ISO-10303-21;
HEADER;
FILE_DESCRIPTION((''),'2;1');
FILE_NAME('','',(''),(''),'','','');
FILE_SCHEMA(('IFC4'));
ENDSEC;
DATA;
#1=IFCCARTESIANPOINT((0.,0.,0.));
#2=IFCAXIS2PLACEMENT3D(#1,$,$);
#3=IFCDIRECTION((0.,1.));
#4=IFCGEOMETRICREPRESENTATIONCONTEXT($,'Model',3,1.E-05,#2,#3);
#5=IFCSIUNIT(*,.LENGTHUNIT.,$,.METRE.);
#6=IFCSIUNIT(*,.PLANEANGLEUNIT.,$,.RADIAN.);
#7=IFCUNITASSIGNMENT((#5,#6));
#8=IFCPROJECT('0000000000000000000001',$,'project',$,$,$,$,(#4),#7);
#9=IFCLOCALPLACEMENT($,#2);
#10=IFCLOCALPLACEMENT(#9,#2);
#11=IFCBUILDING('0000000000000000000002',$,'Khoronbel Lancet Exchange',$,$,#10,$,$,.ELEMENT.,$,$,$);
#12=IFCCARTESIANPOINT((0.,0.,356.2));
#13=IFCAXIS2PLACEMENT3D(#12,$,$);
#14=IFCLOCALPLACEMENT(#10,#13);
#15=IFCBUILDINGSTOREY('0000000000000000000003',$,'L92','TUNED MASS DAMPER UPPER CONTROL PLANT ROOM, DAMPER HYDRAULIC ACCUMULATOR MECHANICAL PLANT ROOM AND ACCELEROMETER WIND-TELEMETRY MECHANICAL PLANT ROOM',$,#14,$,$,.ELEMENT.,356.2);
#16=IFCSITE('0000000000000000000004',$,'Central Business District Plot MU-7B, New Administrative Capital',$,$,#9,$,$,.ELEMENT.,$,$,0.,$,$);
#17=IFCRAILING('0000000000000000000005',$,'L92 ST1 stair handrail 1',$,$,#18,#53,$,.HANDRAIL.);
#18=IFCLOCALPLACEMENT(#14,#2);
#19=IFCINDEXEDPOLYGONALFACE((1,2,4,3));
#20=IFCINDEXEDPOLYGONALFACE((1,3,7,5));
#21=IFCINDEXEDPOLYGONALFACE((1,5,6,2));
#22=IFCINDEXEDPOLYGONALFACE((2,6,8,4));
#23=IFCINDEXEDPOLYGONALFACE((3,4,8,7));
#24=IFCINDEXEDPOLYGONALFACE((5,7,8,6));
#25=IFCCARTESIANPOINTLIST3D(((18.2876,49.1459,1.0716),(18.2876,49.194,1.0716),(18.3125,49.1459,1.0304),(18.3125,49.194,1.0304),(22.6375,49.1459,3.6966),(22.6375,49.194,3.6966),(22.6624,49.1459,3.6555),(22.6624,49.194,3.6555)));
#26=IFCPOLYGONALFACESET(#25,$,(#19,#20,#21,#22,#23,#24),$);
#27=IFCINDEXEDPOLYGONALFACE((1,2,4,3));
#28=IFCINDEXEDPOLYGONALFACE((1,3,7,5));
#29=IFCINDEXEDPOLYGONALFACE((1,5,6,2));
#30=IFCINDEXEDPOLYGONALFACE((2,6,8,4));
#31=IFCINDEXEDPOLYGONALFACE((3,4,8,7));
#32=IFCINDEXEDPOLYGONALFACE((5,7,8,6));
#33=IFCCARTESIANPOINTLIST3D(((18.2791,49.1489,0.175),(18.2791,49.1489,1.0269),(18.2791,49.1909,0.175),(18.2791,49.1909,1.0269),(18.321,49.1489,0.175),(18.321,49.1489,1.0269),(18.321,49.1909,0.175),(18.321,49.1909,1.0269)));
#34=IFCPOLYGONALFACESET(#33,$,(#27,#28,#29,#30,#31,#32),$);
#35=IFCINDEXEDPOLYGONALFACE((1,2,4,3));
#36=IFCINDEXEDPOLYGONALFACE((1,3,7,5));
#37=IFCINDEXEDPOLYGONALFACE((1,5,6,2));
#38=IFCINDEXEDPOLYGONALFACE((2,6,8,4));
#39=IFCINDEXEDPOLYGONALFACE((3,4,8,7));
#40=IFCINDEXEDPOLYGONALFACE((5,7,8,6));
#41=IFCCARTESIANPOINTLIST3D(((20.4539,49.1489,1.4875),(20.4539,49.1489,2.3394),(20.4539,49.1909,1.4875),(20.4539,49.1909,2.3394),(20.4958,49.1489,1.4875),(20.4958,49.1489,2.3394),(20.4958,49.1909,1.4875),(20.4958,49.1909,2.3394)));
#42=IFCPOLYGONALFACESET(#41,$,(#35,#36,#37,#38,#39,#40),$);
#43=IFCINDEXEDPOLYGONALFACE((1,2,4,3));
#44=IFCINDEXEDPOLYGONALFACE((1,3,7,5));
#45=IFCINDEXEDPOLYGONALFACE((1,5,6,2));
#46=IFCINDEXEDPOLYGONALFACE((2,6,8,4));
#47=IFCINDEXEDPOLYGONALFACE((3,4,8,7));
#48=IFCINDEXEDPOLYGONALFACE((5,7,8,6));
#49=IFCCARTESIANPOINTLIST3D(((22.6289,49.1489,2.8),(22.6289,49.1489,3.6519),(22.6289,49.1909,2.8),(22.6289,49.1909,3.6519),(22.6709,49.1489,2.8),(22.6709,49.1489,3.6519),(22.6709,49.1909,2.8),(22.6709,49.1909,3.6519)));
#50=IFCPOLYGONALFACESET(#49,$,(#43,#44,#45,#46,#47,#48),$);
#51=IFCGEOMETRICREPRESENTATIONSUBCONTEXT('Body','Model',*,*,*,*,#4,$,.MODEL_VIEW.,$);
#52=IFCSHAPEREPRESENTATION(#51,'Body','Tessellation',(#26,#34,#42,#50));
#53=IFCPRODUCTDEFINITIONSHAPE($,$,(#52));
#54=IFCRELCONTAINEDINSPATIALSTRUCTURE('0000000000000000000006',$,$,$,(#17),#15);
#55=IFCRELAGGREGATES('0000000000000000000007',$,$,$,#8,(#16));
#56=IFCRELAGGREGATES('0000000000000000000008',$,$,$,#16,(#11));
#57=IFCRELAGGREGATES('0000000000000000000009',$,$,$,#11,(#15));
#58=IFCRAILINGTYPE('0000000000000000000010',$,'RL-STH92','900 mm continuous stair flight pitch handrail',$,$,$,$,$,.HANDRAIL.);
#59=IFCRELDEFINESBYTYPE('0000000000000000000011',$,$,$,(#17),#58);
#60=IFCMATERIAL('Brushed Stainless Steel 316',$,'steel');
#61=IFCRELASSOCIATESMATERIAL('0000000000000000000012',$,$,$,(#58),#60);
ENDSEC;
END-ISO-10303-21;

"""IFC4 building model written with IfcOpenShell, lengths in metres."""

from ifc_helpers import new_model, si_unit, direction, frame, origin, origin_2d, place, context, subcontext, project, spatial, rectangle, extrude, material, type_object, element, save


model = new_model("IFC4")

# Units and contexts
model_context = context("Model", 3, precision=1e-05, world=origin(), true_north=direction((0.0, 1.0)))
body_context = subcontext(model_context, "Body", "Model", "MODEL_VIEW")
ifc_project = project(units=[si_unit("LENGTHUNIT", "METRE"), si_unit("PLANEANGLEUNIT", "RADIAN")], contexts=[model_context])

# Site, building, storey
site_placement = place(None, origin())
site = spatial("IfcSite", under=ifc_project, at=site_placement, Name="Central Business District Plot MU-7B, New Administrative Capital", CompositionType="ELEMENT", RefElevation=0.0)
building_placement = place(site_placement, origin())
building = spatial("IfcBuilding", under=site, at=building_placement, Name="Khoronbel Lancet Exchange", CompositionType="ELEMENT")
storey_placement = place(building_placement, frame((0.0, 0.0, 356.2)))
storey = spatial("IfcBuildingStorey", under=building, at=storey_placement, Name="L92", Description="TUNED MASS DAMPER UPPER CONTROL PLANT ROOM, DAMPER HYDRAULIC ACCUMULATOR MECHANICAL PLANT ROOM AND ACCELEROMETER WIND-TELEMETRY MECHANICAL PLANT ROOM", CompositionType="ELEMENT", Elevation=356.2)

# Railing
ifc_material_1 = material(Name="Brushed Stainless Steel 316", Category="steel")
railing_type_1 = type_object("IfcRailingType", Name="RL-STH92", Description="900 mm continuous stair flight pitch handrail", PredefinedType="HANDRAIL", material=ifc_material_1)
railing_1_placement = place(storey_placement, frame((18.3, 49.1699, 0.175)))
element("IfcRailing", 1, at=railing_1_placement, inside=storey, type_object=railing_type_1, Name="L92 ST1 stair handrail 1", PredefinedType="HANDRAIL", context=body_context, shape_type="SweptSolid", body=[
    extrude(rectangle(XDim=0.0481, YDim=0.0481, at=origin_2d()), frame((0.0, 0.0, 0.876), z_axis=(0.85618, 0.0, 0.516678), x_axis=(0.0, 1.0, 0.0)), (0.0, 0.0, 1.0), 5.0806),
    extrude(rectangle(XDim=0.042, YDim=0.042, at=origin_2d()), origin(), (0.0, 0.0, 1.0), 0.8518),
    extrude(rectangle(XDim=0.042, YDim=0.042, at=origin_2d()), frame((2.1748, 0.0, 1.3125)), (0.0, 0.0, 1.0), 0.8518),
    extrude(rectangle(XDim=0.042, YDim=0.042, at=origin_2d()), frame((4.3499, 0.0, 2.625)), (0.0, 0.0, 1.0), 0.8518),
])

save(model, "model.ifc")
